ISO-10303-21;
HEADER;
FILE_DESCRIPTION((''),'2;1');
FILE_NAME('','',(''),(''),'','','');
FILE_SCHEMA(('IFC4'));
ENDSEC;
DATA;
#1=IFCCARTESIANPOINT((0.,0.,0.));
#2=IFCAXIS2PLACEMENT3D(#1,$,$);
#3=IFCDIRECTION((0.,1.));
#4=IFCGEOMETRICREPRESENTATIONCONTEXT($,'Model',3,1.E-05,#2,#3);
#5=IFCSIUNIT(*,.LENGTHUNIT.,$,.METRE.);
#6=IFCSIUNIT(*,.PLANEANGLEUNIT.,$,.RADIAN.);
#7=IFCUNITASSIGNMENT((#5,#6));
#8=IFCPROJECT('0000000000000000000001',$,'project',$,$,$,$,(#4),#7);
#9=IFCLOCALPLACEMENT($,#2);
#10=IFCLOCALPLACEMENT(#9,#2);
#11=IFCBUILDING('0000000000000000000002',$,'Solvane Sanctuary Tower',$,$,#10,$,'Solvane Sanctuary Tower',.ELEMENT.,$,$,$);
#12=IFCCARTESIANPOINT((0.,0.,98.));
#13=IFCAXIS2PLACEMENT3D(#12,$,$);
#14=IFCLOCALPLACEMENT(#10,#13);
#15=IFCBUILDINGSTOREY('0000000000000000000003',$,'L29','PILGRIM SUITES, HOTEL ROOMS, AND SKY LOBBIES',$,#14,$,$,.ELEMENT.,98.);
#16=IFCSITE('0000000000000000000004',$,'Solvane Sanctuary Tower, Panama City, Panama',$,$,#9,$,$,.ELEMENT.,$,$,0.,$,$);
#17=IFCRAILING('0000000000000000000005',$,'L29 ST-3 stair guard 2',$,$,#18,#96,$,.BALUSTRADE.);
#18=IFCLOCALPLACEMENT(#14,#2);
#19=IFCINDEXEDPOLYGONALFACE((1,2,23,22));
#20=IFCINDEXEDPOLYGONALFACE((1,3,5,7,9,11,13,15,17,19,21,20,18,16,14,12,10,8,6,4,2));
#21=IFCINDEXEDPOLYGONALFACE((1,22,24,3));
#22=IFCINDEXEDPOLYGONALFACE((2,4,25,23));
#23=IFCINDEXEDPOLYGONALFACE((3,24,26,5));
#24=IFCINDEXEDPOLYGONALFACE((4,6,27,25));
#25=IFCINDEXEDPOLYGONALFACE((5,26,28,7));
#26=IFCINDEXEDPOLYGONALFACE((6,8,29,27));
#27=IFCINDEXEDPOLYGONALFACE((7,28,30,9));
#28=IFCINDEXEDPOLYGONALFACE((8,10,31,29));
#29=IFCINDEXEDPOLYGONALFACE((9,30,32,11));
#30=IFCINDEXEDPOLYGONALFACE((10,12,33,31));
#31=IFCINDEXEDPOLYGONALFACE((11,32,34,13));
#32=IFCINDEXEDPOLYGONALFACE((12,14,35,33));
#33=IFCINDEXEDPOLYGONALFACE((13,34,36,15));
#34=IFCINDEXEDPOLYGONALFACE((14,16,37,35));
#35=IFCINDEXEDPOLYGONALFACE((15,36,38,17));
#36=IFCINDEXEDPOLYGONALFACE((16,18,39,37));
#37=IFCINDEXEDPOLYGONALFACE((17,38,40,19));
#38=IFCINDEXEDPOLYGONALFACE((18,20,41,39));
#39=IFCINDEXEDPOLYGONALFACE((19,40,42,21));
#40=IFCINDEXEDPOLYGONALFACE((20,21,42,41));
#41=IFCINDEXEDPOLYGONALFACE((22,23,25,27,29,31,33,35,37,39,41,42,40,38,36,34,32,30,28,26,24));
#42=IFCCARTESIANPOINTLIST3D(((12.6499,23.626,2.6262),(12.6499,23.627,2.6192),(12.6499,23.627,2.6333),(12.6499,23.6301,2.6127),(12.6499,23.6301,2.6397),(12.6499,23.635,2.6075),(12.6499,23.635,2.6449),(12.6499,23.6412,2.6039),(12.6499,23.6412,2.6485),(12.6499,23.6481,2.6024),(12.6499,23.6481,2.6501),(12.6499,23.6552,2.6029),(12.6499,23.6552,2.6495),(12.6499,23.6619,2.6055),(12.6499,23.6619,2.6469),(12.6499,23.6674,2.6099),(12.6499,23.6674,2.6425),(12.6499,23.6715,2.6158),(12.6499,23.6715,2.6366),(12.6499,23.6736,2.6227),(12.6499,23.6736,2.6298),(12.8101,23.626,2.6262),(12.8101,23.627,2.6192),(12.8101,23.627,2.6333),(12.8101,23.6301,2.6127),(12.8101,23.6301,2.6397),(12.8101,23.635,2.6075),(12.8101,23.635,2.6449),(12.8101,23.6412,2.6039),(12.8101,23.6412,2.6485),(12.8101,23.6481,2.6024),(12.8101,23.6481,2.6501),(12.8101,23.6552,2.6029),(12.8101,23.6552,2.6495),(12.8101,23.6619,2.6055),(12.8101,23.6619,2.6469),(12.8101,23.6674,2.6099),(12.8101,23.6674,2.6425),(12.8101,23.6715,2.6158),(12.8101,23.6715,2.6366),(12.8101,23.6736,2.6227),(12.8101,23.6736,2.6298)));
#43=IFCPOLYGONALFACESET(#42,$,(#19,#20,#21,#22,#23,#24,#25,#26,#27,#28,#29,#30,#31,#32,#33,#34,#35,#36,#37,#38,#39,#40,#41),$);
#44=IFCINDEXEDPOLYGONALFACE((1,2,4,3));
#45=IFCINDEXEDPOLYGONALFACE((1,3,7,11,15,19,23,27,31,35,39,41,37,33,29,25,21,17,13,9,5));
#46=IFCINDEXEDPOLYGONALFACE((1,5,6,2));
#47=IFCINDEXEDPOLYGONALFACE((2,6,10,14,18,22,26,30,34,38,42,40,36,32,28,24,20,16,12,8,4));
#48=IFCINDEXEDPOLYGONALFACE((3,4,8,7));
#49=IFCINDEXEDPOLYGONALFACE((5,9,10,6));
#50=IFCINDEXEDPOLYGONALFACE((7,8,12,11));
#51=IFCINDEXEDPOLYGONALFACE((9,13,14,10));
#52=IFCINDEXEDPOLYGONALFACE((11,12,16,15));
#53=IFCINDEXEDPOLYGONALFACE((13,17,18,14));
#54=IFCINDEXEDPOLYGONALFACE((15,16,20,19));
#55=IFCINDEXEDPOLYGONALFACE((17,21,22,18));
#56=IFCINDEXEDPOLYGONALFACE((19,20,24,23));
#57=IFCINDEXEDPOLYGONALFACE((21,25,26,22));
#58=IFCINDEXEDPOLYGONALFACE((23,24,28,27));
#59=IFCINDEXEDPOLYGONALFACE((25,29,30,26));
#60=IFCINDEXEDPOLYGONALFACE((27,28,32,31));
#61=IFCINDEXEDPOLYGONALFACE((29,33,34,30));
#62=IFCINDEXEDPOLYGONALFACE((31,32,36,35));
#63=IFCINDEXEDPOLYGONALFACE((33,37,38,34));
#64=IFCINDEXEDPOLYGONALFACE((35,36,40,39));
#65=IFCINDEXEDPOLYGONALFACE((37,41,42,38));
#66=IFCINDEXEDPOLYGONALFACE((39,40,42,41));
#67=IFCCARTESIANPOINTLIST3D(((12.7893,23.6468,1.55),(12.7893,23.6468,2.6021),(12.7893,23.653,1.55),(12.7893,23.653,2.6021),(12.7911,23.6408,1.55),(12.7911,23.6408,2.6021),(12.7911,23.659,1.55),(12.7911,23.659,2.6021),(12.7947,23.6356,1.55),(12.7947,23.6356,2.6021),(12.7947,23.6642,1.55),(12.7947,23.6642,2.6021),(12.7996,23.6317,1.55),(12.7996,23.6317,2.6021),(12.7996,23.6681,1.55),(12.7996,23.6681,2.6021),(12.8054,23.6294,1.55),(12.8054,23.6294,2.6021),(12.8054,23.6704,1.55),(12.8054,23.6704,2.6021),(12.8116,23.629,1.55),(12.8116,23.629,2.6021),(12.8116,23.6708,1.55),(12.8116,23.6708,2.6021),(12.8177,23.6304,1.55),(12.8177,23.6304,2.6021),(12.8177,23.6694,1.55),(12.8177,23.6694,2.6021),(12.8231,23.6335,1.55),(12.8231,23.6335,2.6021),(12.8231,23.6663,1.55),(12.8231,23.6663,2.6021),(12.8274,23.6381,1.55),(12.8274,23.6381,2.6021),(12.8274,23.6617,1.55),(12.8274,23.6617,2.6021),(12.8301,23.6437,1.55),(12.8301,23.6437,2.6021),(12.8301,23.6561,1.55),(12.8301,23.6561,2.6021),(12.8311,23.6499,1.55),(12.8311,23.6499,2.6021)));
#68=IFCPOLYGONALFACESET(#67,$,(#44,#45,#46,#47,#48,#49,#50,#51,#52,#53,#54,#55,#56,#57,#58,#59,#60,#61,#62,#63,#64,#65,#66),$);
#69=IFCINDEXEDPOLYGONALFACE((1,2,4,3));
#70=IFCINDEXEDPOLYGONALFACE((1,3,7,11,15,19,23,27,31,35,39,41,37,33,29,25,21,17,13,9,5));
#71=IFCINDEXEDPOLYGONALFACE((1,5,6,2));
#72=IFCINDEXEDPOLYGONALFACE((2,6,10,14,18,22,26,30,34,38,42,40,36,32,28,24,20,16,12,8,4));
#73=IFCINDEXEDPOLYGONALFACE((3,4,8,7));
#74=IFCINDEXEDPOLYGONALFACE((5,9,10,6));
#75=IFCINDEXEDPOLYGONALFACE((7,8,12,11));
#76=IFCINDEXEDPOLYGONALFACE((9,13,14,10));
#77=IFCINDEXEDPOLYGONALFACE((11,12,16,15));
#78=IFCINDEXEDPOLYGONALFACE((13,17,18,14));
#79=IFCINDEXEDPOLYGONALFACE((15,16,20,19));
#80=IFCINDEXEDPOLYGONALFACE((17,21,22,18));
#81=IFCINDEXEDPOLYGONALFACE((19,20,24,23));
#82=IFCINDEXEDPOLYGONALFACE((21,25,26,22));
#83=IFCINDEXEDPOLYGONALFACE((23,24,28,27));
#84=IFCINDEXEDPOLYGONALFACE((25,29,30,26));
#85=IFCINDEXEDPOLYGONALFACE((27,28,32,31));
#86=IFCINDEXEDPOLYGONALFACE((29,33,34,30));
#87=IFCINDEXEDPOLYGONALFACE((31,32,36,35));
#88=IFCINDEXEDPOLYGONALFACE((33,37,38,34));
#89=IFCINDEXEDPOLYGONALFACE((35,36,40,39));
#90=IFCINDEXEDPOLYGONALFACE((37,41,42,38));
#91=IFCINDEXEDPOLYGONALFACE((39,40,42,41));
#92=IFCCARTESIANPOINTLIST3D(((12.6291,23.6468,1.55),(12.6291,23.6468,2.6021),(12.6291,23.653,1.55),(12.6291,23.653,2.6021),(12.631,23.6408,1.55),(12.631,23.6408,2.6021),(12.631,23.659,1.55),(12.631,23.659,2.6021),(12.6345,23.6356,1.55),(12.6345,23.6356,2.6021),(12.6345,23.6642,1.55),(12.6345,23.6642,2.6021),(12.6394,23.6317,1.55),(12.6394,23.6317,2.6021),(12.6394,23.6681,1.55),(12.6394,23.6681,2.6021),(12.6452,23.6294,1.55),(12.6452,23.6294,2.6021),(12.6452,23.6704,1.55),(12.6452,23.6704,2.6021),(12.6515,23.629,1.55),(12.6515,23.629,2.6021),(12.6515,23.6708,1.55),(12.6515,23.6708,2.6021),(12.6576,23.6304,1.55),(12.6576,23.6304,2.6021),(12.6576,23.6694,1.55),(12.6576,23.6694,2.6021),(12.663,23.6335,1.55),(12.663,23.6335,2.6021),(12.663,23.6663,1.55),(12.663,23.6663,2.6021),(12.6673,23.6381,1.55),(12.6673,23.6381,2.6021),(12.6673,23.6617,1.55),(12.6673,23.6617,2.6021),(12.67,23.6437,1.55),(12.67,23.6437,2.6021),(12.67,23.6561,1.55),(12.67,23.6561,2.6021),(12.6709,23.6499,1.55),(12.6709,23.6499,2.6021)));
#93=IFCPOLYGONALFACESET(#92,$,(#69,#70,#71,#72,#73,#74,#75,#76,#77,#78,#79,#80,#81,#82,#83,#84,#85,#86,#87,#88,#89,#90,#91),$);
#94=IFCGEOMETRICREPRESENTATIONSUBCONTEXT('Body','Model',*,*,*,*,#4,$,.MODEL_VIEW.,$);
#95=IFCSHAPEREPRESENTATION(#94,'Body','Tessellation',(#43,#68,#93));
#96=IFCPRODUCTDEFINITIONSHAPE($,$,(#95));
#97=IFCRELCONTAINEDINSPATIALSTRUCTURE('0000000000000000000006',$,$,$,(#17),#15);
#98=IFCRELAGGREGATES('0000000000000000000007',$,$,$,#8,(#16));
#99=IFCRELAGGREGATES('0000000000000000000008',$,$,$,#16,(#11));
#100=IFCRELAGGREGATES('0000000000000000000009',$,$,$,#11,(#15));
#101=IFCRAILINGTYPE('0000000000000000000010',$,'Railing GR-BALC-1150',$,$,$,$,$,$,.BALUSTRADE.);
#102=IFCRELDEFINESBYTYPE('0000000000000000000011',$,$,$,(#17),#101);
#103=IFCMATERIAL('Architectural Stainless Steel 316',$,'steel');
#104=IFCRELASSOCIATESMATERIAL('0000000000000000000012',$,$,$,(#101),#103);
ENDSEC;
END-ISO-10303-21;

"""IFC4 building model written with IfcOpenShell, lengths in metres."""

from ifc_helpers import new_model, si_unit, direction, frame, origin, origin_2d, place, context, subcontext, project, spatial, circle, extrude, material, type_object, element, save


model = new_model("IFC4")

# Units and contexts
model_context = context("Model", 3, precision=1e-05, world=origin(), true_north=direction((0.0, 1.0)))
body_context = subcontext(model_context, "Body", "Model", "MODEL_VIEW")
ifc_project = project(units=[si_unit("LENGTHUNIT", "METRE"), si_unit("PLANEANGLEUNIT", "RADIAN")], contexts=[model_context])

# Site, building, storey
site_placement = place(None, origin())
site = spatial("IfcSite", under=ifc_project, at=site_placement, Name="Solvane Sanctuary Tower, Panama City, Panama", CompositionType="ELEMENT", RefElevation=0.0)
building_placement = place(site_placement, origin())
building = spatial("IfcBuilding", under=site, at=building_placement, Name="Solvane Sanctuary Tower", LongName="Solvane Sanctuary Tower", CompositionType="ELEMENT")
storey_placement = place(building_placement, frame((0.0, 0.0, 98.0)))
storey = spatial("IfcBuildingStorey", under=building, at=storey_placement, Name="L29", Description="PILGRIM SUITES, HOTEL ROOMS, AND SKY LOBBIES", CompositionType="ELEMENT", Elevation=98.0)

# Railing
ifc_material_1 = material(Name="Architectural Stainless Steel 316", Category="steel")
railing_type_1 = type_object("IfcRailingType", Name="Railing GR-BALC-1150", PredefinedType="BALUSTRADE", material=ifc_material_1)
railing_1_placement = place(storey_placement, frame((12.8101, 23.6499, 1.55)))
element("IfcRailing", 1, at=railing_1_placement, inside=storey, type_object=railing_type_1, Name="L29 ST-3 stair guard 2", PredefinedType="BALUSTRADE", context=body_context, shape_type="SweptSolid", body=[
    extrude(circle(Radius=0.0239, at=origin_2d()), frame((0.0, 0.0, 1.0762), z_axis=(-1.0, 0.0, 0.0), x_axis=(0.0, -1.0, 0.0)), (0.0, 0.0, 1.0), 0.1602),
    extrude(circle(Radius=0.021, at=origin_2d()), origin(), (0.0, 0.0, 1.0), 1.052),
    extrude(circle(Radius=0.021, at=origin_2d()), frame((-0.1602, 0.0, 0.0)), (0.0, 0.0, 1.0), 1.052),
])

save(model, "model.ifc")
